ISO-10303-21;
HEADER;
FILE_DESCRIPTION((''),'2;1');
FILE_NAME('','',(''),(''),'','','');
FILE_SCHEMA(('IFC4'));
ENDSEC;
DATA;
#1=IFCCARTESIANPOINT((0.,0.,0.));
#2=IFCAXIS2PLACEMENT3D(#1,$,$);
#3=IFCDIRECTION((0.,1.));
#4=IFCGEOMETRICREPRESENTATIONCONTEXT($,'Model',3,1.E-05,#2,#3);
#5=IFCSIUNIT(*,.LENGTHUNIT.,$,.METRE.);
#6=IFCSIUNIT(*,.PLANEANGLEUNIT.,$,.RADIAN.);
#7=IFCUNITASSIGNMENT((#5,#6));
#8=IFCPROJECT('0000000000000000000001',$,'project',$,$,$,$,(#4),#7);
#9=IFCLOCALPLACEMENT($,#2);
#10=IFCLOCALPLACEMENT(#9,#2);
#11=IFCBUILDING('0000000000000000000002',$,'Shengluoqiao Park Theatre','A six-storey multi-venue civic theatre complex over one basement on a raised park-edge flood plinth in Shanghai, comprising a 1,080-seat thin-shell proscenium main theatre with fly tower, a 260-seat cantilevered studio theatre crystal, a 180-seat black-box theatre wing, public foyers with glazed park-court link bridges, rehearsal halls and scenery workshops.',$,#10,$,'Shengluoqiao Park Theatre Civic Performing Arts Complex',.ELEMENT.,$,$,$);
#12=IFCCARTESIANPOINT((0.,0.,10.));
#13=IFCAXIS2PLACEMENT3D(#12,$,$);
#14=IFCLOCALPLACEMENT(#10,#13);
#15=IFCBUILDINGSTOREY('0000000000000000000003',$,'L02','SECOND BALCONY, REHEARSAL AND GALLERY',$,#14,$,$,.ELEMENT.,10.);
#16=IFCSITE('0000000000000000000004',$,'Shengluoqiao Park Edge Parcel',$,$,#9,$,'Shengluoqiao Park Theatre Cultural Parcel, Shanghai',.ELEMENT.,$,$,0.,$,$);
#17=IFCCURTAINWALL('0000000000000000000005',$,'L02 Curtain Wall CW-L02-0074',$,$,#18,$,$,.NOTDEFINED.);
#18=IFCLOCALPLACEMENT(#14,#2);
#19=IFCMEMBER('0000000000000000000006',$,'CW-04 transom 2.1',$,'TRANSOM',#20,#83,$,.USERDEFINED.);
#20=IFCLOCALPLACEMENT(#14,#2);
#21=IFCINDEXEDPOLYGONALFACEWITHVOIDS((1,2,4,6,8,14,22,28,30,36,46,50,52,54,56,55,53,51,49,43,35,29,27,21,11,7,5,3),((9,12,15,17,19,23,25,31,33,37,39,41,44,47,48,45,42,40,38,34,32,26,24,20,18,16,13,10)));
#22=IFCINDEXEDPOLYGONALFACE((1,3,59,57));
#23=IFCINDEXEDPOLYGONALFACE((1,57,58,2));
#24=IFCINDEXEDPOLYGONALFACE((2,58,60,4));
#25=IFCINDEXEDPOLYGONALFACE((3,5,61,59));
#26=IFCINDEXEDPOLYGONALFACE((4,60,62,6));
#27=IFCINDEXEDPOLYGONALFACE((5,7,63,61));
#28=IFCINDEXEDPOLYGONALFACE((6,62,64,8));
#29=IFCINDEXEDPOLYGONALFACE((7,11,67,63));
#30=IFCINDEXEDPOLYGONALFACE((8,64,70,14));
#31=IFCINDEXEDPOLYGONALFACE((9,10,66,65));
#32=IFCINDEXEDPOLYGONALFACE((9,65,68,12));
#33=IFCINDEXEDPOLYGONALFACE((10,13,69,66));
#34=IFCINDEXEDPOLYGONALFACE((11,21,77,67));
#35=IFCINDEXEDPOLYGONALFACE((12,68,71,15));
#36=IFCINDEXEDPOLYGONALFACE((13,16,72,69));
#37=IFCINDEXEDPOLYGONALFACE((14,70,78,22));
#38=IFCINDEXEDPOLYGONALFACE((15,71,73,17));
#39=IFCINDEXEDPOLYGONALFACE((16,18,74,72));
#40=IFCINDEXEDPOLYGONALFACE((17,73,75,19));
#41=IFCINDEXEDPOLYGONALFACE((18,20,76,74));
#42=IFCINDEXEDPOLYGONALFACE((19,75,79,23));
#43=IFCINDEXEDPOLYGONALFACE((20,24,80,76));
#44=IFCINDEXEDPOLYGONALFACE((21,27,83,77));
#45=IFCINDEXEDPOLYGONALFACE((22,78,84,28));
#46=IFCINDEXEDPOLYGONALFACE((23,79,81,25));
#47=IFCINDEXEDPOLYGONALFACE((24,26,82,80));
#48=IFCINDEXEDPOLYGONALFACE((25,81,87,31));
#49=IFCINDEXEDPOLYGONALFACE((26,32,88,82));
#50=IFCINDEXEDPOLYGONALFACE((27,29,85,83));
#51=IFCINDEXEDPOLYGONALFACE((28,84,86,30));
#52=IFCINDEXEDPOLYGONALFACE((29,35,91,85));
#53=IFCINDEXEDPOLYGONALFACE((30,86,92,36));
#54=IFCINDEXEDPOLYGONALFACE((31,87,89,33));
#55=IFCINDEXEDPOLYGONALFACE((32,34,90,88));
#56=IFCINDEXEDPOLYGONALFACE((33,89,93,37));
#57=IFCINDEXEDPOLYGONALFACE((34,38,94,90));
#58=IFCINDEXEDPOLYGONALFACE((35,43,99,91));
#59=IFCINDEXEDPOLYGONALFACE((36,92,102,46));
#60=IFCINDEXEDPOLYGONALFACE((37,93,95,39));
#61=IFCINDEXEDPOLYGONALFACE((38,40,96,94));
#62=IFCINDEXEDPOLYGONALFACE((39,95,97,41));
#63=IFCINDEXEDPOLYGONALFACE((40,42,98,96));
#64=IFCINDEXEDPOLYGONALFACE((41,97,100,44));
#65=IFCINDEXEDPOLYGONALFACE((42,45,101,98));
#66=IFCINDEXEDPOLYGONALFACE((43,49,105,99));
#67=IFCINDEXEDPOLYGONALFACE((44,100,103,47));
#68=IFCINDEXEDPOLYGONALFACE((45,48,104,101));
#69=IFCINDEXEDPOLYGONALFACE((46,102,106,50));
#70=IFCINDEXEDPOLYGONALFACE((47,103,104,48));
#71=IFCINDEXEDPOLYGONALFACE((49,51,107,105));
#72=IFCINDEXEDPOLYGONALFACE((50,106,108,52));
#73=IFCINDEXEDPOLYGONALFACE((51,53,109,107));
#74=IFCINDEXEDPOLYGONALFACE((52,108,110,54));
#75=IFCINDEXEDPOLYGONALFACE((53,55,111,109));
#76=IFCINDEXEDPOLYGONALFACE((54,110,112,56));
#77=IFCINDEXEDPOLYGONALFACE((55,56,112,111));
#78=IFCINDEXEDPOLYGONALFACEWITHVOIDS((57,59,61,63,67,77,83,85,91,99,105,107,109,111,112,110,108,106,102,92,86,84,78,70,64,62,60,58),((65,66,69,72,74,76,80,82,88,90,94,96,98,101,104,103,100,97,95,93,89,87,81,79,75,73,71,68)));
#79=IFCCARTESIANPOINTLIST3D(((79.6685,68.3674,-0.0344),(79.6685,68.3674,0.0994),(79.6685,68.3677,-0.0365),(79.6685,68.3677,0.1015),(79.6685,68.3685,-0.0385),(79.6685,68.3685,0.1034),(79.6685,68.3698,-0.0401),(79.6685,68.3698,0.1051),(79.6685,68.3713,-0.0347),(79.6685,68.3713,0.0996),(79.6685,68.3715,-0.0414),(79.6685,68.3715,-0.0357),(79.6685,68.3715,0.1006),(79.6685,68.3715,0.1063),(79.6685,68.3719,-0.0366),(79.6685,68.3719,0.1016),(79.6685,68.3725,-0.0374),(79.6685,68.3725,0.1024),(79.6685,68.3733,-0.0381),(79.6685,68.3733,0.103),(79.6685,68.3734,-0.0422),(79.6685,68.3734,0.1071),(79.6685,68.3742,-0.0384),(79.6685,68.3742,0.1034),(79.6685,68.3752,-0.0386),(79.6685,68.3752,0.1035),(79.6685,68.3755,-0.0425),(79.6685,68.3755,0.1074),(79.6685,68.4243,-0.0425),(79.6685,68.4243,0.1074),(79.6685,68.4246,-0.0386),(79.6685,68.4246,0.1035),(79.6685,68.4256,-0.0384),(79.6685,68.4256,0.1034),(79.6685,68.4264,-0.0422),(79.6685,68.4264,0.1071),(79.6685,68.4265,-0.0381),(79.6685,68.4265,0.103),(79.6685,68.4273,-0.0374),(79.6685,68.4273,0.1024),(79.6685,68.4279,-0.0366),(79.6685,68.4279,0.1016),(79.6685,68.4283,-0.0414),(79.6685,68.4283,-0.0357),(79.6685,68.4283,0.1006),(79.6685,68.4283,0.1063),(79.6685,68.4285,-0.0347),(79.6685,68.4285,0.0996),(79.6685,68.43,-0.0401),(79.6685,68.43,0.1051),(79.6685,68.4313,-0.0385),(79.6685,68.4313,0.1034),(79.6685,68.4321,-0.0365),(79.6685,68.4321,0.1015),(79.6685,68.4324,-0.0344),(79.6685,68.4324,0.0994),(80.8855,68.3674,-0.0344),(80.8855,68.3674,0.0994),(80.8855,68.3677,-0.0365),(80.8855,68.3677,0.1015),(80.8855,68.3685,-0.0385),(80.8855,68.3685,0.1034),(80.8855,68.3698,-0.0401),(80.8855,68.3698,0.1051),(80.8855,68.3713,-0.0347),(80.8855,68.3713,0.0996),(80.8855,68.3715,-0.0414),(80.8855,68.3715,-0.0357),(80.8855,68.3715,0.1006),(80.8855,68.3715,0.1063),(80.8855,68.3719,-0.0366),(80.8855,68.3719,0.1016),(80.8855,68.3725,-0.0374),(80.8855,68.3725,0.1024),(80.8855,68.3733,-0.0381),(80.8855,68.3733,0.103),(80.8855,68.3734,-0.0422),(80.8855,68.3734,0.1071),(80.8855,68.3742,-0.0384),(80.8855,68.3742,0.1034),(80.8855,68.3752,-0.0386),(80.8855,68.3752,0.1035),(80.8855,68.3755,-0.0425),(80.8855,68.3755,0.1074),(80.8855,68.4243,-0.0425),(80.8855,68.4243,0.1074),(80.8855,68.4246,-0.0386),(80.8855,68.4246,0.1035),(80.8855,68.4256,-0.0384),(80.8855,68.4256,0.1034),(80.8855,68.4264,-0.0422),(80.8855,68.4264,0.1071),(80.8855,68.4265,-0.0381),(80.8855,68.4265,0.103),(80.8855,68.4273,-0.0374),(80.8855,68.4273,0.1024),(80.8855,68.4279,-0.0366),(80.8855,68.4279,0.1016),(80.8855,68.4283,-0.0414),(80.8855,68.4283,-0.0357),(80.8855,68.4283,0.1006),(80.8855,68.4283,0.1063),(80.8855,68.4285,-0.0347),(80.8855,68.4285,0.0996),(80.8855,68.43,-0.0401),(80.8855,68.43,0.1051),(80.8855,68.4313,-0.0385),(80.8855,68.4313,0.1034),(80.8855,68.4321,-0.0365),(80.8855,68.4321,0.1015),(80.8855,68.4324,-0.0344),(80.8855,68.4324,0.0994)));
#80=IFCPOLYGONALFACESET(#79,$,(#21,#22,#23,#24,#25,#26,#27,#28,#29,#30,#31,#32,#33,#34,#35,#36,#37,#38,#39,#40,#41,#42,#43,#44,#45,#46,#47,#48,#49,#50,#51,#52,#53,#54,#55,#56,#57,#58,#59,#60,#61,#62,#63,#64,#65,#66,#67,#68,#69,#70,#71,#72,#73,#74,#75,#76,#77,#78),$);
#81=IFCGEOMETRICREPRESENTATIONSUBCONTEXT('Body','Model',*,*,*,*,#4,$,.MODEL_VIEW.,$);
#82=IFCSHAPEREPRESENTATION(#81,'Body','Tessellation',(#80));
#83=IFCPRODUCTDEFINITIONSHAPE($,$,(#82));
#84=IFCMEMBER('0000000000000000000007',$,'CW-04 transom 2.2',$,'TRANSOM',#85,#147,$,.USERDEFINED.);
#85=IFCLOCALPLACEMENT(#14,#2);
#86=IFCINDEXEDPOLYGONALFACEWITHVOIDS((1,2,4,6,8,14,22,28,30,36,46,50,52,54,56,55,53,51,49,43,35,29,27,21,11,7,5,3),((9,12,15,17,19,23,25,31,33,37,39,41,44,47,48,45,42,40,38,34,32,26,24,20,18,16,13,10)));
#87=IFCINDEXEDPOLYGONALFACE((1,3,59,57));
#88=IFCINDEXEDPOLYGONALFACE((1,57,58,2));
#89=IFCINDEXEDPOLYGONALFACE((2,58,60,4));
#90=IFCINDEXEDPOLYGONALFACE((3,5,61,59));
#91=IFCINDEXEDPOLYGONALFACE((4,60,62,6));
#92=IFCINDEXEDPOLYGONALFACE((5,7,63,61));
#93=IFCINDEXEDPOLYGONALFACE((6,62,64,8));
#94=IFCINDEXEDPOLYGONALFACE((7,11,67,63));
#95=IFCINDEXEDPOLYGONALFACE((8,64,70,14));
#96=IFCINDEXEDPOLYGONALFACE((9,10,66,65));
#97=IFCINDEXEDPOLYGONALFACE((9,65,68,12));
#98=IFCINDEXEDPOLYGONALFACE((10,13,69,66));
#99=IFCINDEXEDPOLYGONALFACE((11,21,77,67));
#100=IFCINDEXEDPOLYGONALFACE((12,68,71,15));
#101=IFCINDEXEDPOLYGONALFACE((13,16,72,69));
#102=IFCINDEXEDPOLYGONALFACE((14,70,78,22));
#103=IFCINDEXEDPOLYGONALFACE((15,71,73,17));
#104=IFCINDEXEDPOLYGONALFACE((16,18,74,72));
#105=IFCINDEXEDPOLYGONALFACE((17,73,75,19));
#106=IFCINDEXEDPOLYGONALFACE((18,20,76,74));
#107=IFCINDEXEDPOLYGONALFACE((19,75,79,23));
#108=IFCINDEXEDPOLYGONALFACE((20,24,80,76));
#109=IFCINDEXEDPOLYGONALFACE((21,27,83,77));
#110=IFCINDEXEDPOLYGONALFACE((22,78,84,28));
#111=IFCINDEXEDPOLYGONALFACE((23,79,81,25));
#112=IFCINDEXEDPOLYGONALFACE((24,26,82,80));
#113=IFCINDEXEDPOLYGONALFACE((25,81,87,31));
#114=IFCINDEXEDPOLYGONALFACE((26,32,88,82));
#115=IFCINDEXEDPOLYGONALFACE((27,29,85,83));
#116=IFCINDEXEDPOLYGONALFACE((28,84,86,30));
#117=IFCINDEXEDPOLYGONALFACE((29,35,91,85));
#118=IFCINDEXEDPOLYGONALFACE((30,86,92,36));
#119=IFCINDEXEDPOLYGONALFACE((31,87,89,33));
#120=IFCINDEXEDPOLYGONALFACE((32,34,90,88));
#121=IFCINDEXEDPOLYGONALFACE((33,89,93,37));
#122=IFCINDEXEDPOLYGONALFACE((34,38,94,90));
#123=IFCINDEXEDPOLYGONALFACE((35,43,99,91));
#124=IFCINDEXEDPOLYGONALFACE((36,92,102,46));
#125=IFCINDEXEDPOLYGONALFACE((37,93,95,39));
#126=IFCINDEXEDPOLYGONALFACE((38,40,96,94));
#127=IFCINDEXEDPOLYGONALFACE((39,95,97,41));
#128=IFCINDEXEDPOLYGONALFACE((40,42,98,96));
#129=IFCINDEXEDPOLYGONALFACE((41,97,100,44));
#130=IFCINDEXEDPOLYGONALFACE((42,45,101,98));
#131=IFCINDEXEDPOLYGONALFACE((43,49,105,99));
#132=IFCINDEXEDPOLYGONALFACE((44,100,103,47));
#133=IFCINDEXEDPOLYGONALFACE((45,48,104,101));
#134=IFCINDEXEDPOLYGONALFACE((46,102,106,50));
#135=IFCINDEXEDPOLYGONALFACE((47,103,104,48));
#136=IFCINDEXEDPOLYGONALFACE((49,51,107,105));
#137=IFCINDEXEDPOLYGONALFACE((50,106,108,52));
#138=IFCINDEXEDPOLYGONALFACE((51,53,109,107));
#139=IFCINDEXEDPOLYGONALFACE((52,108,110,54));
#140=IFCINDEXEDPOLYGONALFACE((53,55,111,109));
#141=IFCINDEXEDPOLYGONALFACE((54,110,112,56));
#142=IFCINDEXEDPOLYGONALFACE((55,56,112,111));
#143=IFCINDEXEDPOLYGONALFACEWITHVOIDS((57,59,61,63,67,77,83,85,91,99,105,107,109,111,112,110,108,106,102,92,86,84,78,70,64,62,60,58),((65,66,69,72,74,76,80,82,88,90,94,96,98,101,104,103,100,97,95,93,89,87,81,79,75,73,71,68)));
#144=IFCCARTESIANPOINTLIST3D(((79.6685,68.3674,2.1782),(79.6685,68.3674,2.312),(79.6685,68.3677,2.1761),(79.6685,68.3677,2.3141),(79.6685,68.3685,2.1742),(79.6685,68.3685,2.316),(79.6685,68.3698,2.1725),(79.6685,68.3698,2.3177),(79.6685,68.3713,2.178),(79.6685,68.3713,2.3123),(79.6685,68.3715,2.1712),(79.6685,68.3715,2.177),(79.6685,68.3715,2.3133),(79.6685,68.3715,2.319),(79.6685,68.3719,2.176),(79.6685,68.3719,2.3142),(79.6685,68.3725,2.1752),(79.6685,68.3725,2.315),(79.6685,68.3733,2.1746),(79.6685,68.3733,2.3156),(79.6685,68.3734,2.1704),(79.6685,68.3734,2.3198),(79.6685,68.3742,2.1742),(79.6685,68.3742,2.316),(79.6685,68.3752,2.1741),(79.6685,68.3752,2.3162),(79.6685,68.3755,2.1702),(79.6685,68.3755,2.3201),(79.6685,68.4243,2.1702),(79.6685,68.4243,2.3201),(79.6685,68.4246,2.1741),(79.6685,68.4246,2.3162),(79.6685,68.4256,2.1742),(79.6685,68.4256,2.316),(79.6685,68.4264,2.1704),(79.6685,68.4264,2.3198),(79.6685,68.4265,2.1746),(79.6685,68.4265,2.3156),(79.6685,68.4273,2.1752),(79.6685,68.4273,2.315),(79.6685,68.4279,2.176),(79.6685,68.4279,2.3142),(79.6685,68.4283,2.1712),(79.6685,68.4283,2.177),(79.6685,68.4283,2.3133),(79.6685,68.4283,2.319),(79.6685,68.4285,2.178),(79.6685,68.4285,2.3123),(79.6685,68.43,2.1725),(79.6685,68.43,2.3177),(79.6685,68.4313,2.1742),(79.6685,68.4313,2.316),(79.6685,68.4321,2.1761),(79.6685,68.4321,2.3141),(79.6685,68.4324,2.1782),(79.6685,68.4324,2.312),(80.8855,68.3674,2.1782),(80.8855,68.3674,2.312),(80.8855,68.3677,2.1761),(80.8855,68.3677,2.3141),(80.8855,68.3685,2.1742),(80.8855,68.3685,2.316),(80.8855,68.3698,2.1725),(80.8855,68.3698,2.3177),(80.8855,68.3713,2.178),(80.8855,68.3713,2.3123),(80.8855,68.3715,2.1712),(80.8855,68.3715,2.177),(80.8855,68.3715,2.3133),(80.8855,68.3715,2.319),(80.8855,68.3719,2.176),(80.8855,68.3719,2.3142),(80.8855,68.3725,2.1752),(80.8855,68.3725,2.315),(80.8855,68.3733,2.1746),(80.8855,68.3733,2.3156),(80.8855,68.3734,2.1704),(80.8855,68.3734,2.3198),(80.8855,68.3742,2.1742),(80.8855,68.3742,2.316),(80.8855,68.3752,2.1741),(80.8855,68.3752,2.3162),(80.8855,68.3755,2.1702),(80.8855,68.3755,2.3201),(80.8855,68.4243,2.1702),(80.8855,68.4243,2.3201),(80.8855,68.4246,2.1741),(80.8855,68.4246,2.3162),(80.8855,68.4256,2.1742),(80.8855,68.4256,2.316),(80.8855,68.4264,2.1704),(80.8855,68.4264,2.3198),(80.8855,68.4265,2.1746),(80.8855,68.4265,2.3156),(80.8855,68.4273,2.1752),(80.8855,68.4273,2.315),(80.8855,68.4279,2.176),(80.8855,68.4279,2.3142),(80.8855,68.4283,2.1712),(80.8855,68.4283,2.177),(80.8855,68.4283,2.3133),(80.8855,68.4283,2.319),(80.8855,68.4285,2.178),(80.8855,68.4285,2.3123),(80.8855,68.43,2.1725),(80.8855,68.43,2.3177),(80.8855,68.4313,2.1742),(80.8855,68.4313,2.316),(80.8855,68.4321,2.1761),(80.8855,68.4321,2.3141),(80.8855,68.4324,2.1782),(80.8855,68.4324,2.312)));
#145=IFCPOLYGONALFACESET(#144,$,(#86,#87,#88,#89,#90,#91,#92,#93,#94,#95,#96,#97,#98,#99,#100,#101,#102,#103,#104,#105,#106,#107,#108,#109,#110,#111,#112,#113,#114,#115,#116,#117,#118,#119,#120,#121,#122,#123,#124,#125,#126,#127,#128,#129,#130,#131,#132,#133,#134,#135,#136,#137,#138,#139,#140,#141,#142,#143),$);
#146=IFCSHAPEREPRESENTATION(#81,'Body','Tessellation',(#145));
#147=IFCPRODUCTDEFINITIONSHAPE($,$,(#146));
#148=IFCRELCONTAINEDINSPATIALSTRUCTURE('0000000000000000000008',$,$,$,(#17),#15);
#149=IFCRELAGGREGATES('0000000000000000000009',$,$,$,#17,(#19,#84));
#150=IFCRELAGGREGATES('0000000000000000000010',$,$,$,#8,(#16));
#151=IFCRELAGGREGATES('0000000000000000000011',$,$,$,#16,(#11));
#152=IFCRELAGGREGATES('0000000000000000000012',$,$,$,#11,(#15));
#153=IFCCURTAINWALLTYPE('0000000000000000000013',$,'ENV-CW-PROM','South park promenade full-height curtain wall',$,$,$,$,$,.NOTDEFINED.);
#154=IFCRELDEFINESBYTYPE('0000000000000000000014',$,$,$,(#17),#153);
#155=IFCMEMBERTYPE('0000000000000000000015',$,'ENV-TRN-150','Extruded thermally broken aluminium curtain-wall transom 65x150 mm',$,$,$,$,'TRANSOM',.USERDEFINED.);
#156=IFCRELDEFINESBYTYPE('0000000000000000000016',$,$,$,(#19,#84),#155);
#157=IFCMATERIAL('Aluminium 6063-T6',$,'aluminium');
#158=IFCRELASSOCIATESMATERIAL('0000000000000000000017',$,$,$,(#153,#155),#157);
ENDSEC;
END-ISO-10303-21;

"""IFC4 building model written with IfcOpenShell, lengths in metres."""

from ifc_helpers import new_model, si_unit, direction, frame, origin, origin_2d, place, context, subcontext, project, spatial, hollow_rectangle, extrude, material, material_profile, profile_set, type_object, element, aggregate, save


model = new_model("IFC4")

# Units and contexts
model_context = context("Model", 3, precision=1e-05, world=origin(), true_north=direction((0.0, 1.0)))
body_context = subcontext(model_context, "Body", "Model", "MODEL_VIEW")
ifc_project = project(units=[si_unit("LENGTHUNIT", "METRE"), si_unit("PLANEANGLEUNIT", "RADIAN")], contexts=[model_context])

# Site, building, storey
site_placement = place(None, origin())
site = spatial("IfcSite", under=ifc_project, at=site_placement, Name="Shengluoqiao Park Edge Parcel", LongName="Shengluoqiao Park Theatre Cultural Parcel, Shanghai", CompositionType="ELEMENT", RefElevation=0.0)
building_placement = place(site_placement, origin())
building = spatial("IfcBuilding", under=site, at=building_placement, Name="Shengluoqiao Park Theatre", Description="A six-storey multi-venue civic theatre complex over one basement on a raised park-edge flood plinth in Shanghai, comprising a 1,080-seat thin-shell proscenium main theatre with fly tower, a 260-seat cantilevered studio theatre crystal, a 180-seat black-box theatre wing, public foyers with glazed park-court link bridges, rehearsal halls and scenery workshops.", LongName="Shengluoqiao Park Theatre Civic Performing Arts Complex", CompositionType="ELEMENT")
storey_placement = place(building_placement, frame((0.0, 0.0, 10.0)))
storey = spatial("IfcBuildingStorey", under=building, at=storey_placement, Name="L02", Description="SECOND BALCONY, REHEARSAL AND GALLERY", CompositionType="ELEMENT", Elevation=10.0)

# Curtain wall
ifc_material_1 = material(Name="Aluminium 6063-T6", Category="aluminium")
curtain_wall_type = type_object("IfcCurtainWallType", Name="ENV-CW-PROM", Description="South park promenade full-height curtain wall", PredefinedType="NOTDEFINED", material=ifc_material_1)
curtain_wall_1_placement = place(storey_placement, origin())
curtain_wall_1 = element("IfcCurtainWall", 1, at=curtain_wall_1_placement, inside=storey, type_object=curtain_wall_type, Name="L02 Curtain Wall CW-L02-0074", PredefinedType="NOTDEFINED")

# Members
ifc_material_profile_1 = material_profile(ifc_material_1, hollow_rectangle(XDim=0.0649, YDim=0.1499, WallThickness=0.0039, InnerFilletRadius=0.0039, OuterFilletRadius=0.0081, at=origin_2d()), Name="ALU TRANSOM 150x65x4")
ifc_profile_set_1 = profile_set([ifc_material_profile_1], Name="Aluminium 6063-T6")
member_type_1 = type_object("IfcMemberType", Name="ENV-TRN-150", Description="Extruded thermally broken aluminium curtain-wall transom 65x150 mm", ElementType="TRANSOM", PredefinedType="USERDEFINED", material=ifc_profile_set_1)
member_1_placement = place(storey_placement, frame((79.6685, 68.3999, 0.0325), z_axis=(1.0, 0.0, 0.0), x_axis=(0.0, 1.0, 0.0)))
member_1 = element("IfcMember", 2, at=member_1_placement, type_object=member_type_1, Name="CW-04 transom 2.1", ObjectType="TRANSOM", PredefinedType="USERDEFINED", context=body_context, shape_type="SweptSolid", body=[
    extrude(hollow_rectangle(XDim=0.0649, YDim=0.1499, WallThickness=0.0039, InnerFilletRadius=0.0039, OuterFilletRadius=0.0081, at=origin_2d()), origin(), (0.0, 0.0, 1.0), 1.217),
])
member_2_placement = place(storey_placement, frame((79.6685, 68.3999, 2.2451), z_axis=(1.0, 0.0, 0.0), x_axis=(0.0, 1.0, 0.0)))
member_2 = element("IfcMember", 3, at=member_2_placement, type_object=member_type_1, Name="CW-04 transom 2.2", ObjectType="TRANSOM", PredefinedType="USERDEFINED", context=body_context, shape_type="SweptSolid", body=[
    extrude(hollow_rectangle(XDim=0.0649, YDim=0.1499, WallThickness=0.0039, InnerFilletRadius=0.0039, OuterFilletRadius=0.0081, at=origin_2d()), origin(), (0.0, 0.0, 1.0), 1.217),
])

aggregate(curtain_wall_1, [member_1, member_2])

save(model, "model.ifc")
